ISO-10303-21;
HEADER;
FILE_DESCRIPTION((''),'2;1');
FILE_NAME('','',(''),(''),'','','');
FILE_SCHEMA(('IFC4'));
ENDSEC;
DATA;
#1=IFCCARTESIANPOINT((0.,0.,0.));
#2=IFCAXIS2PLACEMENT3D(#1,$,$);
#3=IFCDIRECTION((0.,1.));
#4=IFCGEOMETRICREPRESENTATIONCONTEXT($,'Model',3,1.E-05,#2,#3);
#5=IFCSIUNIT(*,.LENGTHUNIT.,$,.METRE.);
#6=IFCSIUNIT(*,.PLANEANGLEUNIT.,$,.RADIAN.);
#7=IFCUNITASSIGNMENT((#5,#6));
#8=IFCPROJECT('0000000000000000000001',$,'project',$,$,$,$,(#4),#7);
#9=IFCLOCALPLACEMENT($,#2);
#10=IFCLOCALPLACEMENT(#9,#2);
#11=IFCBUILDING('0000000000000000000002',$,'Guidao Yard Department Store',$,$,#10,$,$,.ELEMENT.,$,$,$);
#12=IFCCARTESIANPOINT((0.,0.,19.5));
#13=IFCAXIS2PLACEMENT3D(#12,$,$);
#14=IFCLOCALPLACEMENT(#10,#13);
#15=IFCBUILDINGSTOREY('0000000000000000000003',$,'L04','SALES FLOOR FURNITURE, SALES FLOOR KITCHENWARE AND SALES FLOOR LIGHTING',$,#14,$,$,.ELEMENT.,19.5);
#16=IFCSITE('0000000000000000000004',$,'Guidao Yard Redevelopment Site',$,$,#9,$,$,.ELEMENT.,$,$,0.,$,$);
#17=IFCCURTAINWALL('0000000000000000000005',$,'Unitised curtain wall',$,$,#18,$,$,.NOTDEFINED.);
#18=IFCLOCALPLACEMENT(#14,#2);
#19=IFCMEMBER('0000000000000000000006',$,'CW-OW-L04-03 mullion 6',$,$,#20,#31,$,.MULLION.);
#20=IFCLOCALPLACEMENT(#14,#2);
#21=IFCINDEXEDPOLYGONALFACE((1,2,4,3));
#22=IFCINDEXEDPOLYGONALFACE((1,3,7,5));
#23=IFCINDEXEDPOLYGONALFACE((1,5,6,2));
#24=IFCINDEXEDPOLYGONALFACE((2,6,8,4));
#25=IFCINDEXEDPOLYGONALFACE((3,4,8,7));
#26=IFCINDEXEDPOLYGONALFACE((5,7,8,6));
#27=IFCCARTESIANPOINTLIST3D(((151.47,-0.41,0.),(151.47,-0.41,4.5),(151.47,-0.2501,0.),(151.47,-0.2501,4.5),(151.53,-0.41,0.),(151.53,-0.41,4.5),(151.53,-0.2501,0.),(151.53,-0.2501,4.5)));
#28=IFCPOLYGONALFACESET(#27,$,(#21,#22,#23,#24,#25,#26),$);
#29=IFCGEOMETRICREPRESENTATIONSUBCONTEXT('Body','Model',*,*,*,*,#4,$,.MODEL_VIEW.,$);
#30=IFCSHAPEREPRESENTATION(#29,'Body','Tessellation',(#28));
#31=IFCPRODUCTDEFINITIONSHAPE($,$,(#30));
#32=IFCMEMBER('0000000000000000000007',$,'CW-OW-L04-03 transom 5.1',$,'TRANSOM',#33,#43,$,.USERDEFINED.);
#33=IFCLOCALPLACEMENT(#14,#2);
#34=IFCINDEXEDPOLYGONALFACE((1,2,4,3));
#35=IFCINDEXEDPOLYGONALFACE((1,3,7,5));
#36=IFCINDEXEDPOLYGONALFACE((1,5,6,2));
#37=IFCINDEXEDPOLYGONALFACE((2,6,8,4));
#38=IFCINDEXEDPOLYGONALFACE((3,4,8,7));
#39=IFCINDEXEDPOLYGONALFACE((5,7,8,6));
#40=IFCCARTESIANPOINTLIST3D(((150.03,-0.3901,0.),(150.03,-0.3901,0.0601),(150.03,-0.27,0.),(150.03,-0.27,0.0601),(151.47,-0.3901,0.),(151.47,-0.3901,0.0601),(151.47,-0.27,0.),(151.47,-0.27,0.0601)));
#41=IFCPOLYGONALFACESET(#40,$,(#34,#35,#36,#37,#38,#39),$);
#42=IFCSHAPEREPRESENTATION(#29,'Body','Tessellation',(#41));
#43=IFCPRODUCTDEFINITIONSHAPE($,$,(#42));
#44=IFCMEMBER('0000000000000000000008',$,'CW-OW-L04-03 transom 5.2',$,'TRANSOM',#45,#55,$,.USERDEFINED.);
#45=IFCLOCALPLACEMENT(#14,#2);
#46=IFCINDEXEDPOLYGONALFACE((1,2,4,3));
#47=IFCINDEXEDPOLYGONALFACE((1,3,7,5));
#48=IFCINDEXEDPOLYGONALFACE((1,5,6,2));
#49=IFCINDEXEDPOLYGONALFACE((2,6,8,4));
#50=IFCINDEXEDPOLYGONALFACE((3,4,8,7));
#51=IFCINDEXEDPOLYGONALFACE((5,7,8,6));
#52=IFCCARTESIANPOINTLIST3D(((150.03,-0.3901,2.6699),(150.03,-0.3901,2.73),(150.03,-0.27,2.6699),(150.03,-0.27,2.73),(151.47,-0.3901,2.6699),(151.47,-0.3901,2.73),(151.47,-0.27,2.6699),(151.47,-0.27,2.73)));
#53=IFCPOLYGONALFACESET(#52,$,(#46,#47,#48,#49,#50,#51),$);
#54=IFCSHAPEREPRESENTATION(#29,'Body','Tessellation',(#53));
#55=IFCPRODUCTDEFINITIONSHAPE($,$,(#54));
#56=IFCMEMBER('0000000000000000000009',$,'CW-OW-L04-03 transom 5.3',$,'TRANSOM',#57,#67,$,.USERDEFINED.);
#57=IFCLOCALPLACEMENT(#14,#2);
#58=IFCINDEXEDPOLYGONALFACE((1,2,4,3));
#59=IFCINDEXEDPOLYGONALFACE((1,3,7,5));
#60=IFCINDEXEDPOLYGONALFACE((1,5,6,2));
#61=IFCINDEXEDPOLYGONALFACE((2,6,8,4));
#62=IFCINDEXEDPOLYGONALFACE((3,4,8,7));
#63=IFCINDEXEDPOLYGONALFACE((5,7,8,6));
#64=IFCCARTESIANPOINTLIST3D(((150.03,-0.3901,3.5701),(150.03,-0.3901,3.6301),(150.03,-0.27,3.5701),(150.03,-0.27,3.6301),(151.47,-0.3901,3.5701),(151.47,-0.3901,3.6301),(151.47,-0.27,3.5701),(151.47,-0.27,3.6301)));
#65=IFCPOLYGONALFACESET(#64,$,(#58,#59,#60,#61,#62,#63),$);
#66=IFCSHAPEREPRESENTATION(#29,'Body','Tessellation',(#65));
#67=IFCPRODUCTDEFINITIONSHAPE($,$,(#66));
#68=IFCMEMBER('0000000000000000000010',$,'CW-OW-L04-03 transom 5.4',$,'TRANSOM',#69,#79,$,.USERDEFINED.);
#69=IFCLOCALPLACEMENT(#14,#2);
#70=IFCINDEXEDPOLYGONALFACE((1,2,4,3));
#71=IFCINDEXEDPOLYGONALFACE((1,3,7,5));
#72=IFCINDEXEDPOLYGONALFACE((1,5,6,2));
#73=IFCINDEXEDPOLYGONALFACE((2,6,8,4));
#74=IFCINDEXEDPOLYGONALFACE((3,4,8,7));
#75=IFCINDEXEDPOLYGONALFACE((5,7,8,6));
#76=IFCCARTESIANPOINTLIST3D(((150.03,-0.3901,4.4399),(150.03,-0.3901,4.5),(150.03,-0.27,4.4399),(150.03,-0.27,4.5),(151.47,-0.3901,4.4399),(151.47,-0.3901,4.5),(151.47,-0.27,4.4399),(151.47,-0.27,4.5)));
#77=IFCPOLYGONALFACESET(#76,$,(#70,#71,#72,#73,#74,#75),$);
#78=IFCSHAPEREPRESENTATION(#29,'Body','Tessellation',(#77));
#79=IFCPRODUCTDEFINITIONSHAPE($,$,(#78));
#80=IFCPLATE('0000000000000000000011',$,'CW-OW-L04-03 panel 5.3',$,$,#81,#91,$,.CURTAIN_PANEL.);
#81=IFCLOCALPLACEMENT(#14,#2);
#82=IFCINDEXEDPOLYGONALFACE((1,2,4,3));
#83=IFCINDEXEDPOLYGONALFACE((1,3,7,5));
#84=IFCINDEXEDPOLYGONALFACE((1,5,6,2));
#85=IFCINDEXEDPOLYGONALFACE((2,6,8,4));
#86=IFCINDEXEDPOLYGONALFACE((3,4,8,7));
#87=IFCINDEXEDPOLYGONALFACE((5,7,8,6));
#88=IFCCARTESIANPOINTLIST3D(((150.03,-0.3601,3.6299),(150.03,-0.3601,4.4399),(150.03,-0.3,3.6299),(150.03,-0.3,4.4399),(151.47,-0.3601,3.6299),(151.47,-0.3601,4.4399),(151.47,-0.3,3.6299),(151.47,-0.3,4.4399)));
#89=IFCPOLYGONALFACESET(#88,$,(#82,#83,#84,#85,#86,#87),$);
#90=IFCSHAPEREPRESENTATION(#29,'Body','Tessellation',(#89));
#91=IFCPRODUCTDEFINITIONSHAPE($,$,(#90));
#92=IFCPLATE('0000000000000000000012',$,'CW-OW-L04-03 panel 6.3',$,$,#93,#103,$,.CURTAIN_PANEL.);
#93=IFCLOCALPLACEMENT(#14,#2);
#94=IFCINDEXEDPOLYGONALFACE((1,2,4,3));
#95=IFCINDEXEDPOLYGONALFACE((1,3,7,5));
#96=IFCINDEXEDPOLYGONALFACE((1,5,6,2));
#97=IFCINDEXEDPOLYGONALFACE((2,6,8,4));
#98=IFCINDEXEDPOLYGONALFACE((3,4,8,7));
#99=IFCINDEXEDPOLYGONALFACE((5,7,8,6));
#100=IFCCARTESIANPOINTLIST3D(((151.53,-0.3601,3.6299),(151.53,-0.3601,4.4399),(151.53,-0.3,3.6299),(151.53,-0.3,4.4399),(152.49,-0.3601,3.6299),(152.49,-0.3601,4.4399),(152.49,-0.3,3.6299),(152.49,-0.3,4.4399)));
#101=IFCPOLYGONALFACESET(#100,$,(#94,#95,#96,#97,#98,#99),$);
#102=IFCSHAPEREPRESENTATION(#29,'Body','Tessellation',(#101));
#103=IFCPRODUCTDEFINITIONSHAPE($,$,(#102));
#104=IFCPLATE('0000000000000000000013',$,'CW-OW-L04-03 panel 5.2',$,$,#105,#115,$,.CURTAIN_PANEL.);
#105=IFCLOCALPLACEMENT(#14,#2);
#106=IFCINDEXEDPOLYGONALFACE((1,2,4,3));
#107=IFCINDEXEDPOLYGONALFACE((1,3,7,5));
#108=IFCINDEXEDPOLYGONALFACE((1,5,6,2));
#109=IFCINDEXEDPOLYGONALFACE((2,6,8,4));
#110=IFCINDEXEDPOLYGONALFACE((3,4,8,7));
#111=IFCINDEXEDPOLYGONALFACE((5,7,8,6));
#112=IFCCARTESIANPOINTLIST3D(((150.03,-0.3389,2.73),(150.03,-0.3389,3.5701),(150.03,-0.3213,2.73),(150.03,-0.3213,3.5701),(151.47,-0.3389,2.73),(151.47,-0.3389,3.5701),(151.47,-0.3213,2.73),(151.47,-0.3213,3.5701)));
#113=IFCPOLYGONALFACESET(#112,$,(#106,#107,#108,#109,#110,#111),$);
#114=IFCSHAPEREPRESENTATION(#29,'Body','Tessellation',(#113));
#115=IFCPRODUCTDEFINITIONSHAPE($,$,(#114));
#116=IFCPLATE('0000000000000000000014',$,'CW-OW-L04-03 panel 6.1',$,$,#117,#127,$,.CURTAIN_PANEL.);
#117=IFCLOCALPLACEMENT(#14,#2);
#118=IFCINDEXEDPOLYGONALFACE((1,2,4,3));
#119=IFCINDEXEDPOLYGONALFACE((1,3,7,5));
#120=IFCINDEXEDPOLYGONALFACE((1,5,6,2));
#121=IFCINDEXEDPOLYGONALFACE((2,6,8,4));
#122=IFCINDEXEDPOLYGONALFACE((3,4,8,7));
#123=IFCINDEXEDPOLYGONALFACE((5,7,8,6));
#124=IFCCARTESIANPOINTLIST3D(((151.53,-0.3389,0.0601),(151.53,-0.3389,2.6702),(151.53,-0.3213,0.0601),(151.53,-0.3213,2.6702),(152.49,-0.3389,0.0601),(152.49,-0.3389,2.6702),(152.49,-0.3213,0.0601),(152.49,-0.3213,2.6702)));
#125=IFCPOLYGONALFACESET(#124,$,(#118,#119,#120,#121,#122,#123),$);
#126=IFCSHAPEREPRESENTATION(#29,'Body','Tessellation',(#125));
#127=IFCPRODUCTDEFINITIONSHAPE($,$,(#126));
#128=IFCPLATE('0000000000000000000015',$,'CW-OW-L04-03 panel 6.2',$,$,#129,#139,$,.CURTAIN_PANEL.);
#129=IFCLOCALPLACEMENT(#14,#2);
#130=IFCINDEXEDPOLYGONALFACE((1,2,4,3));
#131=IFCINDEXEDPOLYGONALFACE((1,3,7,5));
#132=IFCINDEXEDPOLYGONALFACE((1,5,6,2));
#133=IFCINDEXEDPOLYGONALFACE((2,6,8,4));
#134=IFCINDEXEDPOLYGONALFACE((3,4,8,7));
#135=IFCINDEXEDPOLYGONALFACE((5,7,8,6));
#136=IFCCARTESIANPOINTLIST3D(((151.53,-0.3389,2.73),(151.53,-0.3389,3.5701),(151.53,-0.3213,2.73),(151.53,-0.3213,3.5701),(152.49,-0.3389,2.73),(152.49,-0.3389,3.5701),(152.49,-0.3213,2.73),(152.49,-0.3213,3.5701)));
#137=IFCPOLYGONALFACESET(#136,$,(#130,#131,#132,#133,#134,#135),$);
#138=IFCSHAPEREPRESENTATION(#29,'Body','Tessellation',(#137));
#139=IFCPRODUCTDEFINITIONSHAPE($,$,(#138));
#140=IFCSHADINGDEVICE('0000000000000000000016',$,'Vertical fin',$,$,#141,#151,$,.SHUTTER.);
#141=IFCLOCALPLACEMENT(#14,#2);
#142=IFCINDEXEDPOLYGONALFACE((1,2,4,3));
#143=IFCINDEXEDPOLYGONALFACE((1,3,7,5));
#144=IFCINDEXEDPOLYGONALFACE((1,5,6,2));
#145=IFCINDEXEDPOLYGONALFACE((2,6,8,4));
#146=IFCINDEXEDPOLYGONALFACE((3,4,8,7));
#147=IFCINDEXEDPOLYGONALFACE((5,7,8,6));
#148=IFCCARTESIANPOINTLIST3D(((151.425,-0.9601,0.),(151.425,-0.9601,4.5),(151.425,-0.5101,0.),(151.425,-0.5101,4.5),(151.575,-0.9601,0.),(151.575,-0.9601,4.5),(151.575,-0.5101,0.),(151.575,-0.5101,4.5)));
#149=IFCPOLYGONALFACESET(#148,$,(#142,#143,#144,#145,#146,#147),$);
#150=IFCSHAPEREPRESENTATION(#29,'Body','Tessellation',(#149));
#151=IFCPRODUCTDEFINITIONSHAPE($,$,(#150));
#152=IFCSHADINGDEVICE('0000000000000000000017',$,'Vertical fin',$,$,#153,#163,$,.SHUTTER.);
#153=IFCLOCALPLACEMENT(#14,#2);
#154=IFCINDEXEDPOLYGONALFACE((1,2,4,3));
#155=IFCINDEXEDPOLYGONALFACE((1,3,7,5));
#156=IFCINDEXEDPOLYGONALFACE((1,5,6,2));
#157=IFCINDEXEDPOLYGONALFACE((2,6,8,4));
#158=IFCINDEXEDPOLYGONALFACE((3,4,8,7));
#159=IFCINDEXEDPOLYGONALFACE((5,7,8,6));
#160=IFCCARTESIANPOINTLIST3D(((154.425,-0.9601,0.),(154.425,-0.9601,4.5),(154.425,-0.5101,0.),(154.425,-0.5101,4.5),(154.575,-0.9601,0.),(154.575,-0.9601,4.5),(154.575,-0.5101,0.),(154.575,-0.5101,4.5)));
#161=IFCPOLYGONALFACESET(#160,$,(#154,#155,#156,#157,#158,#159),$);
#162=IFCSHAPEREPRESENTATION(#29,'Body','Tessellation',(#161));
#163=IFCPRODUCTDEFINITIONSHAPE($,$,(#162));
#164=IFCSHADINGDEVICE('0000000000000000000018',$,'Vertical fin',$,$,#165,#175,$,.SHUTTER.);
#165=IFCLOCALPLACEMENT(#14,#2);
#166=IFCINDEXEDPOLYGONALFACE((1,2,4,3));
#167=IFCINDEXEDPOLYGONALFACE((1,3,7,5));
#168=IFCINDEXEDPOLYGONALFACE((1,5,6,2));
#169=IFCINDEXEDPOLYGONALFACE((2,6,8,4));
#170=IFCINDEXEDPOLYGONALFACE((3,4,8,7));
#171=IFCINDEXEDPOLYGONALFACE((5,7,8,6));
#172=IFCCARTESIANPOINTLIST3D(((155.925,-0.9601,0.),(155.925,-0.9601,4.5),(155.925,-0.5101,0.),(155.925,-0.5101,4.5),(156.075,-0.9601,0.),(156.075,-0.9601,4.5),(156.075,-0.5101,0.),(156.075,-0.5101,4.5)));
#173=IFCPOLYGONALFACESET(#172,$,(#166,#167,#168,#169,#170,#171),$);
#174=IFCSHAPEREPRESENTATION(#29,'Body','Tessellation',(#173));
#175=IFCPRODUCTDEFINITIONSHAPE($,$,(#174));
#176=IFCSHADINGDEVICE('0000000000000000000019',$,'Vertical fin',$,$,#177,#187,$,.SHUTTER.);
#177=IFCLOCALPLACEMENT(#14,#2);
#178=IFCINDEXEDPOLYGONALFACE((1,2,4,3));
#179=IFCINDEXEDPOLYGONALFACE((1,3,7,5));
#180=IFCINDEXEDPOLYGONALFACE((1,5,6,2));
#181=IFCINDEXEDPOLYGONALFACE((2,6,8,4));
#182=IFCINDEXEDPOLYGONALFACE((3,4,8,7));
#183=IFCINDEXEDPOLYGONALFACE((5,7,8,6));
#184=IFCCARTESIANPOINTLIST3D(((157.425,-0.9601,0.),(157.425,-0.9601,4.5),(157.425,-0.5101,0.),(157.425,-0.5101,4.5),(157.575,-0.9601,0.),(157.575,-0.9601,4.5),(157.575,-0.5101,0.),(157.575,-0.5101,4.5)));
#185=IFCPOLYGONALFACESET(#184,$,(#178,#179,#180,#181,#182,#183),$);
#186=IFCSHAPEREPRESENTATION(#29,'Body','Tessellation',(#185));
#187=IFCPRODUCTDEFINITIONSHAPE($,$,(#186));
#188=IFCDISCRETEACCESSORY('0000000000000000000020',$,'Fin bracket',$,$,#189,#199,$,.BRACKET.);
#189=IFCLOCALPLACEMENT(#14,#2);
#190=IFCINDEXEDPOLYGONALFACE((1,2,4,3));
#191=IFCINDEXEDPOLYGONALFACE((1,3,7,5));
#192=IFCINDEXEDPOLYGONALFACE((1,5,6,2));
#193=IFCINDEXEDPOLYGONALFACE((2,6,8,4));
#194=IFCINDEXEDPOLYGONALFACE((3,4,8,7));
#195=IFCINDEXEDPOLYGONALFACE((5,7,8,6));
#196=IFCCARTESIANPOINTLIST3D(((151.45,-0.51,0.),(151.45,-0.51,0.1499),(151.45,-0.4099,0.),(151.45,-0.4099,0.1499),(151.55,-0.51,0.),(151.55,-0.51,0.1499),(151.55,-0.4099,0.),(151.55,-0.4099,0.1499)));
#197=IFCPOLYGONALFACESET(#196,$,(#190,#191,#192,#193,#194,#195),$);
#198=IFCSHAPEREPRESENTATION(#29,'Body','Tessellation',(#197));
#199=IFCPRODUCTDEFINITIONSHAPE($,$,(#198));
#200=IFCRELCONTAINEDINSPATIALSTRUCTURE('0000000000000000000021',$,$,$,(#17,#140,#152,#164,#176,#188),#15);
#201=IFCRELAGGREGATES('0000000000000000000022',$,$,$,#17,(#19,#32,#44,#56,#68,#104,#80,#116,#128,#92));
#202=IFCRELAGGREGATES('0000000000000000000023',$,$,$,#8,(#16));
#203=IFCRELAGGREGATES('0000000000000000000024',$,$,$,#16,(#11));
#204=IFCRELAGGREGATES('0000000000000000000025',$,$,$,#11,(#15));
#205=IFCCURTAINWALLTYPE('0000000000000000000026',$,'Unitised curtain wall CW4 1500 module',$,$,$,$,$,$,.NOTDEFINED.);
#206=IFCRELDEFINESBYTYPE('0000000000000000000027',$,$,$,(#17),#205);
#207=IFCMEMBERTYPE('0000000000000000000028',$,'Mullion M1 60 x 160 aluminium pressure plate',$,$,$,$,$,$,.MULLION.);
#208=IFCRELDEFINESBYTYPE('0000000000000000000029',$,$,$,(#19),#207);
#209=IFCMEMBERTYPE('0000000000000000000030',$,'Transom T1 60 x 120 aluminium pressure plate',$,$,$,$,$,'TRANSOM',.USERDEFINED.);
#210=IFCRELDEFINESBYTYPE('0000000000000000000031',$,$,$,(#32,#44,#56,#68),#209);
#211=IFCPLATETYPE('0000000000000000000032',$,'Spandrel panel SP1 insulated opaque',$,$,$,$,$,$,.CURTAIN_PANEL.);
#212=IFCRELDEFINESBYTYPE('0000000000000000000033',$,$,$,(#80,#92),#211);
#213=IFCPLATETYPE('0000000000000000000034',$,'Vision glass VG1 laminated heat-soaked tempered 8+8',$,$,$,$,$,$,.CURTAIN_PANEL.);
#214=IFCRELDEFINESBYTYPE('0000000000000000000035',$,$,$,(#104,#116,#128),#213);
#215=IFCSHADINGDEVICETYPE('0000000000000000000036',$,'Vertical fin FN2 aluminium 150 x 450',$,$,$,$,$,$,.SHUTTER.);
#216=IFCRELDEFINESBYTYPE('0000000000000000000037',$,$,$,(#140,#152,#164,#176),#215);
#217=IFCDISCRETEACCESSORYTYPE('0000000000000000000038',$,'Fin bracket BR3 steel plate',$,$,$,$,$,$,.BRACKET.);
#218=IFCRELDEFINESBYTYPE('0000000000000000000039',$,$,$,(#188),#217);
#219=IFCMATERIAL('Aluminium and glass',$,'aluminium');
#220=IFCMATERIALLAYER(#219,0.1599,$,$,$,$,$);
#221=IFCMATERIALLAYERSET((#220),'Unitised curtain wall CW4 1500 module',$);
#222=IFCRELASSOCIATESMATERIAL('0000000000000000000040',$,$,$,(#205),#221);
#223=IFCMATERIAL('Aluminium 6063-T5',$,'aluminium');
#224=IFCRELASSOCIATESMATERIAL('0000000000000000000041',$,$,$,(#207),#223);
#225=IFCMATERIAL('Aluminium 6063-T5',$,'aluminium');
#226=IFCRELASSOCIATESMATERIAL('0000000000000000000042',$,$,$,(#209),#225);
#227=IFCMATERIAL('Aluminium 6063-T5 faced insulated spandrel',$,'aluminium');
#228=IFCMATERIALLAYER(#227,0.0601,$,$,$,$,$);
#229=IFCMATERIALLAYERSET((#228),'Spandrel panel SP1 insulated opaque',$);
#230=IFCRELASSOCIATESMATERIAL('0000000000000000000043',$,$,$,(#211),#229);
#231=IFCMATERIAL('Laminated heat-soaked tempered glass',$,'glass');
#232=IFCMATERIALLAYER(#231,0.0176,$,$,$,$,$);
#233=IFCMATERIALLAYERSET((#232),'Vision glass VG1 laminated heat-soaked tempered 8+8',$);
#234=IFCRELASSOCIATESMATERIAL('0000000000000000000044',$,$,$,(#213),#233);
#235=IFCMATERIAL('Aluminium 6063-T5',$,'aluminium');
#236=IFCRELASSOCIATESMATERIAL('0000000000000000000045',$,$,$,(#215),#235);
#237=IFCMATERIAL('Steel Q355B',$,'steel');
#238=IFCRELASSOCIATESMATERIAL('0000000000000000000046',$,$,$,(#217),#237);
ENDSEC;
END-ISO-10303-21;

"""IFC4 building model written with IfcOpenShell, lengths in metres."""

from ifc_helpers import new_model, si_unit, direction, frame, origin, origin_2d, place, context, subcontext, project, spatial, rectangle, extrude, material, layer, layer_set, material_profile, profile_set, type_object, element, aggregate, save


model = new_model("IFC4")

# Units and contexts
model_context = context("Model", 3, precision=1e-05, world=origin(), true_north=direction((0.0, 1.0)))
body_context = subcontext(model_context, "Body", "Model", "MODEL_VIEW")
ifc_project = project(units=[si_unit("LENGTHUNIT", "METRE"), si_unit("PLANEANGLEUNIT", "RADIAN")], contexts=[model_context])

# Site, building, storey
site_placement = place(None, origin())
site = spatial("IfcSite", under=ifc_project, at=site_placement, Name="Guidao Yard Redevelopment Site", CompositionType="ELEMENT", RefElevation=0.0)
building_placement = place(site_placement, origin())
building = spatial("IfcBuilding", under=site, at=building_placement, Name="Guidao Yard Department Store", CompositionType="ELEMENT")
storey_placement = place(building_placement, frame((0.0, 0.0, 19.5)))
storey = spatial("IfcBuildingStorey", under=building, at=storey_placement, Name="L04", Description="SALES FLOOR FURNITURE, SALES FLOOR KITCHENWARE AND SALES FLOOR LIGHTING", CompositionType="ELEMENT", Elevation=19.5)

# Curtain wall, members, plates
ifc_material_1 = material(Name="Aluminium and glass", Category="aluminium")
ifc_layer_1 = layer(ifc_material_1, 0.1599)
ifc_layer_set_1 = layer_set([ifc_layer_1], Name="Unitised curtain wall CW4 1500 module")
curtain_wall_type = type_object("IfcCurtainWallType", Name="Unitised curtain wall CW4 1500 module", PredefinedType="NOTDEFINED", material=ifc_layer_set_1)
curtain_wall_placement = place(storey_placement, origin())
curtain_wall = element("IfcCurtainWall", 1, at=curtain_wall_placement, inside=storey, type_object=curtain_wall_type, Name="Unitised curtain wall", PredefinedType="NOTDEFINED")
ifc_material_2 = material(Name="Aluminium 6063-T5", Category="aluminium")
ifc_material_profile_1 = material_profile(ifc_material_2, rectangle(XDim=0.0601, YDim=0.1599, at=origin_2d()), Name="Mullion M1 60 x 160 aluminium pressure plate")
ifc_profile_set_1 = profile_set([ifc_material_profile_1], Name="Aluminium 6063-T5")
member_type_1 = type_object("IfcMemberType", Name="Mullion M1 60 x 160 aluminium pressure plate", PredefinedType="MULLION", material=ifc_profile_set_1)
member_1_placement = place(storey_placement, frame((151.5, -0.3301, 0.0), z_axis=(0.0, 0.0, 1.0), x_axis=(-1.0, 0.0, 0.0)))
member_1 = element("IfcMember", 2, at=member_1_placement, type_object=member_type_1, Name="CW-OW-L04-03 mullion 6", PredefinedType="MULLION", context=body_context, shape_type="SweptSolid", body=[
    extrude(rectangle(XDim=0.0601, YDim=0.1599, at=origin_2d()), origin(), (0.0, 0.0, 1.0), 4.5),
])
ifc_material_3 = material(Name="Aluminium 6063-T5", Category="aluminium")
ifc_material_profile_2 = material_profile(ifc_material_3, rectangle(XDim=0.1201, YDim=0.0601, at=origin_2d()), Name="Transom T1 60 x 120 aluminium pressure plate")
ifc_profile_set_2 = profile_set([ifc_material_profile_2], Name="Aluminium 6063-T5")
member_type_2 = type_object("IfcMemberType", Name="Transom T1 60 x 120 aluminium pressure plate", ElementType="TRANSOM", PredefinedType="USERDEFINED", material=ifc_profile_set_2)
member_2_placement = place(storey_placement, frame((151.47, -0.3301, 0.03), z_axis=(-1.0, 0.0, 0.0), x_axis=(0.0, -1.0, 0.0)))
member_2 = element("IfcMember", 3, at=member_2_placement, type_object=member_type_2, Name="CW-OW-L04-03 transom 5.1", ObjectType="TRANSOM", PredefinedType="USERDEFINED", context=body_context, shape_type="SweptSolid", body=[
    extrude(rectangle(XDim=0.1201, YDim=0.0601, at=origin_2d()), origin(), (0.0, 0.0, 1.0), 1.4399),
])
member_3_placement = place(storey_placement, frame((151.47, -0.3301, 2.7), z_axis=(-1.0, 0.0, 0.0), x_axis=(0.0, -1.0, 0.0)))
member_3 = element("IfcMember", 4, at=member_3_placement, type_object=member_type_2, Name="CW-OW-L04-03 transom 5.2", ObjectType="TRANSOM", PredefinedType="USERDEFINED", context=body_context, shape_type="SweptSolid", body=[
    extrude(rectangle(XDim=0.1201, YDim=0.0601, at=origin_2d()), origin(), (0.0, 0.0, 1.0), 1.4399),
])
member_4_placement = place(storey_placement, frame((151.47, -0.3301, 3.6001), z_axis=(-1.0, 0.0, 0.0), x_axis=(0.0, -1.0, 0.0)))
member_4 = element("IfcMember", 5, at=member_4_placement, type_object=member_type_2, Name="CW-OW-L04-03 transom 5.3", ObjectType="TRANSOM", PredefinedType="USERDEFINED", context=body_context, shape_type="SweptSolid", body=[
    extrude(rectangle(XDim=0.1201, YDim=0.0601, at=origin_2d()), origin(), (0.0, 0.0, 1.0), 1.4399),
])
member_5_placement = place(storey_placement, frame((151.47, -0.3301, 4.47), z_axis=(-1.0, 0.0, 0.0), x_axis=(0.0, -1.0, 0.0)))
member_5 = element("IfcMember", 6, at=member_5_placement, type_object=member_type_2, Name="CW-OW-L04-03 transom 5.4", ObjectType="TRANSOM", PredefinedType="USERDEFINED", context=body_context, shape_type="SweptSolid", body=[
    extrude(rectangle(XDim=0.1201, YDim=0.0601, at=origin_2d()), origin(), (0.0, 0.0, 1.0), 1.4399),
])
ifc_material_4 = material(Name="Aluminium 6063-T5 faced insulated spandrel", Category="aluminium")
ifc_layer_2 = layer(ifc_material_4, 0.0601)
ifc_layer_set_2 = layer_set([ifc_layer_2], Name="Spandrel panel SP1 insulated opaque")
plate_type_1 = type_object("IfcPlateType", Name="Spandrel panel SP1 insulated opaque", PredefinedType="CURTAIN_PANEL", material=ifc_layer_set_2)
plate_1_placement = place(storey_placement, frame((150.75, -0.3301, 3.6299), z_axis=(0.0, 0.0, 1.0), x_axis=(-1.0, 0.0, 0.0)))
plate_1 = element("IfcPlate", 7, at=plate_1_placement, type_object=plate_type_1, Name="CW-OW-L04-03 panel 5.3", PredefinedType="CURTAIN_PANEL", context=body_context, shape_type="SweptSolid", body=[
    extrude(rectangle(XDim=1.4399, YDim=0.0601, at=origin_2d()), origin(), (0.0, 0.0, 1.0), 0.8101),
])
plate_2_placement = place(storey_placement, frame((152.01, -0.3301, 3.6299), z_axis=(0.0, 0.0, 1.0), x_axis=(-1.0, 0.0, 0.0)))
plate_2 = element("IfcPlate", 8, at=plate_2_placement, type_object=plate_type_1, Name="CW-OW-L04-03 panel 6.3", PredefinedType="CURTAIN_PANEL", context=body_context, shape_type="SweptSolid", body=[
    extrude(rectangle(XDim=0.96, YDim=0.0601, at=origin_2d()), origin(), (0.0, 0.0, 1.0), 0.8101),
])
ifc_material_5 = material(Name="Laminated heat-soaked tempered glass", Category="glass")
ifc_layer_3 = layer(ifc_material_5, 0.0176)
ifc_layer_set_3 = layer_set([ifc_layer_3], Name="Vision glass VG1 laminated heat-soaked tempered 8+8")
plate_type_2 = type_object("IfcPlateType", Name="Vision glass VG1 laminated heat-soaked tempered 8+8", PredefinedType="CURTAIN_PANEL", material=ifc_layer_set_3)
plate_3_placement = place(storey_placement, frame((150.75, -0.3301, 2.73), z_axis=(0.0, 0.0, 1.0), x_axis=(-1.0, 0.0, 0.0)))
plate_3 = element("IfcPlate", 9, at=plate_3_placement, type_object=plate_type_2, Name="CW-OW-L04-03 panel 5.2", PredefinedType="CURTAIN_PANEL", context=body_context, shape_type="SweptSolid", body=[
    extrude(rectangle(XDim=1.4399, YDim=0.0176, at=origin_2d()), origin(), (0.0, 0.0, 1.0), 0.8401),
])
plate_4_placement = place(storey_placement, frame((152.01, -0.3301, 0.0601), z_axis=(0.0, 0.0, 1.0), x_axis=(-1.0, 0.0, 0.0)))
plate_4 = element("IfcPlate", 10, at=plate_4_placement, type_object=plate_type_2, Name="CW-OW-L04-03 panel 6.1", PredefinedType="CURTAIN_PANEL", context=body_context, shape_type="SweptSolid", body=[
    extrude(rectangle(XDim=0.96, YDim=0.0176, at=origin_2d()), origin(), (0.0, 0.0, 1.0), 2.6101),
])
plate_5_placement = place(storey_placement, frame((152.01, -0.3301, 2.73), z_axis=(0.0, 0.0, 1.0), x_axis=(-1.0, 0.0, 0.0)))
plate_5 = element("IfcPlate", 11, at=plate_5_placement, type_object=plate_type_2, Name="CW-OW-L04-03 panel 6.2", PredefinedType="CURTAIN_PANEL", context=body_context, shape_type="SweptSolid", body=[
    extrude(rectangle(XDim=0.96, YDim=0.0176, at=origin_2d()), origin(), (0.0, 0.0, 1.0), 0.8401),
])
aggregate(curtain_wall, [member_1, member_2, member_3, member_4, member_5, plate_3, plate_1, plate_4, plate_5, plate_2])

# Shading devices
ifc_material_6 = material(Name="Aluminium 6063-T5", Category="aluminium")
shading_device_type = type_object("IfcShadingDeviceType", Name="Vertical fin FN2 aluminium 150 x 450", PredefinedType="SHUTTER", material=ifc_material_6)
for number, where, z_axis, x_axis, name in (
    (12, (151.5, -0.7351, 0.0), (0.0, 0.0, 1.0), (-1.0, 0.0, 0.0), "Vertical fin"),
    (13, (154.5, -0.7351, 0.0), (0.0, 0.0, 1.0), (-1.0, 0.0, 0.0), "Vertical fin"),
    (14, (156.0, -0.7351, 0.0), (0.0, 0.0, 1.0), (-1.0, 0.0, 0.0), "Vertical fin"),
    (15, (157.5, -0.7351, 0.0), (0.0, 0.0, 1.0), (-1.0, 0.0, 0.0), "Vertical fin"),
):
    element("IfcShadingDevice", number, at=place(storey_placement, frame(where, z_axis=z_axis, x_axis=x_axis)), inside=storey, type_object=shading_device_type, Name=name, PredefinedType="SHUTTER", context=body_context, shape_type="SweptSolid", body=[
        extrude(rectangle(XDim=0.1499, YDim=0.45, at=origin_2d()), origin(), (0.0, 0.0, 1.0), 4.5),
    ])

# Discrete accessory
ifc_material_7 = material(Name="Steel Q355B", Category="steel")
discrete_accessory_type = type_object("IfcDiscreteAccessoryType", Name="Fin bracket BR3 steel plate", PredefinedType="BRACKET", material=ifc_material_7)
for number, where, z_axis, x_axis, name in (
    (16, (151.5, -0.46, 0.0), (0.0, 0.0, 1.0), (-1.0, 0.0, 0.0), "Fin bracket"),
):
    element("IfcDiscreteAccessory", number, at=place(storey_placement, frame(where, z_axis=z_axis, x_axis=x_axis)), inside=storey, type_object=discrete_accessory_type, Name=name, PredefinedType="BRACKET", context=body_context, shape_type="SweptSolid", body=[
        extrude(rectangle(XDim=0.1001, YDim=0.1001, at=origin_2d()), origin(), (0.0, 0.0, 1.0), 0.1499),
    ])

save(model, "model.ifc")
